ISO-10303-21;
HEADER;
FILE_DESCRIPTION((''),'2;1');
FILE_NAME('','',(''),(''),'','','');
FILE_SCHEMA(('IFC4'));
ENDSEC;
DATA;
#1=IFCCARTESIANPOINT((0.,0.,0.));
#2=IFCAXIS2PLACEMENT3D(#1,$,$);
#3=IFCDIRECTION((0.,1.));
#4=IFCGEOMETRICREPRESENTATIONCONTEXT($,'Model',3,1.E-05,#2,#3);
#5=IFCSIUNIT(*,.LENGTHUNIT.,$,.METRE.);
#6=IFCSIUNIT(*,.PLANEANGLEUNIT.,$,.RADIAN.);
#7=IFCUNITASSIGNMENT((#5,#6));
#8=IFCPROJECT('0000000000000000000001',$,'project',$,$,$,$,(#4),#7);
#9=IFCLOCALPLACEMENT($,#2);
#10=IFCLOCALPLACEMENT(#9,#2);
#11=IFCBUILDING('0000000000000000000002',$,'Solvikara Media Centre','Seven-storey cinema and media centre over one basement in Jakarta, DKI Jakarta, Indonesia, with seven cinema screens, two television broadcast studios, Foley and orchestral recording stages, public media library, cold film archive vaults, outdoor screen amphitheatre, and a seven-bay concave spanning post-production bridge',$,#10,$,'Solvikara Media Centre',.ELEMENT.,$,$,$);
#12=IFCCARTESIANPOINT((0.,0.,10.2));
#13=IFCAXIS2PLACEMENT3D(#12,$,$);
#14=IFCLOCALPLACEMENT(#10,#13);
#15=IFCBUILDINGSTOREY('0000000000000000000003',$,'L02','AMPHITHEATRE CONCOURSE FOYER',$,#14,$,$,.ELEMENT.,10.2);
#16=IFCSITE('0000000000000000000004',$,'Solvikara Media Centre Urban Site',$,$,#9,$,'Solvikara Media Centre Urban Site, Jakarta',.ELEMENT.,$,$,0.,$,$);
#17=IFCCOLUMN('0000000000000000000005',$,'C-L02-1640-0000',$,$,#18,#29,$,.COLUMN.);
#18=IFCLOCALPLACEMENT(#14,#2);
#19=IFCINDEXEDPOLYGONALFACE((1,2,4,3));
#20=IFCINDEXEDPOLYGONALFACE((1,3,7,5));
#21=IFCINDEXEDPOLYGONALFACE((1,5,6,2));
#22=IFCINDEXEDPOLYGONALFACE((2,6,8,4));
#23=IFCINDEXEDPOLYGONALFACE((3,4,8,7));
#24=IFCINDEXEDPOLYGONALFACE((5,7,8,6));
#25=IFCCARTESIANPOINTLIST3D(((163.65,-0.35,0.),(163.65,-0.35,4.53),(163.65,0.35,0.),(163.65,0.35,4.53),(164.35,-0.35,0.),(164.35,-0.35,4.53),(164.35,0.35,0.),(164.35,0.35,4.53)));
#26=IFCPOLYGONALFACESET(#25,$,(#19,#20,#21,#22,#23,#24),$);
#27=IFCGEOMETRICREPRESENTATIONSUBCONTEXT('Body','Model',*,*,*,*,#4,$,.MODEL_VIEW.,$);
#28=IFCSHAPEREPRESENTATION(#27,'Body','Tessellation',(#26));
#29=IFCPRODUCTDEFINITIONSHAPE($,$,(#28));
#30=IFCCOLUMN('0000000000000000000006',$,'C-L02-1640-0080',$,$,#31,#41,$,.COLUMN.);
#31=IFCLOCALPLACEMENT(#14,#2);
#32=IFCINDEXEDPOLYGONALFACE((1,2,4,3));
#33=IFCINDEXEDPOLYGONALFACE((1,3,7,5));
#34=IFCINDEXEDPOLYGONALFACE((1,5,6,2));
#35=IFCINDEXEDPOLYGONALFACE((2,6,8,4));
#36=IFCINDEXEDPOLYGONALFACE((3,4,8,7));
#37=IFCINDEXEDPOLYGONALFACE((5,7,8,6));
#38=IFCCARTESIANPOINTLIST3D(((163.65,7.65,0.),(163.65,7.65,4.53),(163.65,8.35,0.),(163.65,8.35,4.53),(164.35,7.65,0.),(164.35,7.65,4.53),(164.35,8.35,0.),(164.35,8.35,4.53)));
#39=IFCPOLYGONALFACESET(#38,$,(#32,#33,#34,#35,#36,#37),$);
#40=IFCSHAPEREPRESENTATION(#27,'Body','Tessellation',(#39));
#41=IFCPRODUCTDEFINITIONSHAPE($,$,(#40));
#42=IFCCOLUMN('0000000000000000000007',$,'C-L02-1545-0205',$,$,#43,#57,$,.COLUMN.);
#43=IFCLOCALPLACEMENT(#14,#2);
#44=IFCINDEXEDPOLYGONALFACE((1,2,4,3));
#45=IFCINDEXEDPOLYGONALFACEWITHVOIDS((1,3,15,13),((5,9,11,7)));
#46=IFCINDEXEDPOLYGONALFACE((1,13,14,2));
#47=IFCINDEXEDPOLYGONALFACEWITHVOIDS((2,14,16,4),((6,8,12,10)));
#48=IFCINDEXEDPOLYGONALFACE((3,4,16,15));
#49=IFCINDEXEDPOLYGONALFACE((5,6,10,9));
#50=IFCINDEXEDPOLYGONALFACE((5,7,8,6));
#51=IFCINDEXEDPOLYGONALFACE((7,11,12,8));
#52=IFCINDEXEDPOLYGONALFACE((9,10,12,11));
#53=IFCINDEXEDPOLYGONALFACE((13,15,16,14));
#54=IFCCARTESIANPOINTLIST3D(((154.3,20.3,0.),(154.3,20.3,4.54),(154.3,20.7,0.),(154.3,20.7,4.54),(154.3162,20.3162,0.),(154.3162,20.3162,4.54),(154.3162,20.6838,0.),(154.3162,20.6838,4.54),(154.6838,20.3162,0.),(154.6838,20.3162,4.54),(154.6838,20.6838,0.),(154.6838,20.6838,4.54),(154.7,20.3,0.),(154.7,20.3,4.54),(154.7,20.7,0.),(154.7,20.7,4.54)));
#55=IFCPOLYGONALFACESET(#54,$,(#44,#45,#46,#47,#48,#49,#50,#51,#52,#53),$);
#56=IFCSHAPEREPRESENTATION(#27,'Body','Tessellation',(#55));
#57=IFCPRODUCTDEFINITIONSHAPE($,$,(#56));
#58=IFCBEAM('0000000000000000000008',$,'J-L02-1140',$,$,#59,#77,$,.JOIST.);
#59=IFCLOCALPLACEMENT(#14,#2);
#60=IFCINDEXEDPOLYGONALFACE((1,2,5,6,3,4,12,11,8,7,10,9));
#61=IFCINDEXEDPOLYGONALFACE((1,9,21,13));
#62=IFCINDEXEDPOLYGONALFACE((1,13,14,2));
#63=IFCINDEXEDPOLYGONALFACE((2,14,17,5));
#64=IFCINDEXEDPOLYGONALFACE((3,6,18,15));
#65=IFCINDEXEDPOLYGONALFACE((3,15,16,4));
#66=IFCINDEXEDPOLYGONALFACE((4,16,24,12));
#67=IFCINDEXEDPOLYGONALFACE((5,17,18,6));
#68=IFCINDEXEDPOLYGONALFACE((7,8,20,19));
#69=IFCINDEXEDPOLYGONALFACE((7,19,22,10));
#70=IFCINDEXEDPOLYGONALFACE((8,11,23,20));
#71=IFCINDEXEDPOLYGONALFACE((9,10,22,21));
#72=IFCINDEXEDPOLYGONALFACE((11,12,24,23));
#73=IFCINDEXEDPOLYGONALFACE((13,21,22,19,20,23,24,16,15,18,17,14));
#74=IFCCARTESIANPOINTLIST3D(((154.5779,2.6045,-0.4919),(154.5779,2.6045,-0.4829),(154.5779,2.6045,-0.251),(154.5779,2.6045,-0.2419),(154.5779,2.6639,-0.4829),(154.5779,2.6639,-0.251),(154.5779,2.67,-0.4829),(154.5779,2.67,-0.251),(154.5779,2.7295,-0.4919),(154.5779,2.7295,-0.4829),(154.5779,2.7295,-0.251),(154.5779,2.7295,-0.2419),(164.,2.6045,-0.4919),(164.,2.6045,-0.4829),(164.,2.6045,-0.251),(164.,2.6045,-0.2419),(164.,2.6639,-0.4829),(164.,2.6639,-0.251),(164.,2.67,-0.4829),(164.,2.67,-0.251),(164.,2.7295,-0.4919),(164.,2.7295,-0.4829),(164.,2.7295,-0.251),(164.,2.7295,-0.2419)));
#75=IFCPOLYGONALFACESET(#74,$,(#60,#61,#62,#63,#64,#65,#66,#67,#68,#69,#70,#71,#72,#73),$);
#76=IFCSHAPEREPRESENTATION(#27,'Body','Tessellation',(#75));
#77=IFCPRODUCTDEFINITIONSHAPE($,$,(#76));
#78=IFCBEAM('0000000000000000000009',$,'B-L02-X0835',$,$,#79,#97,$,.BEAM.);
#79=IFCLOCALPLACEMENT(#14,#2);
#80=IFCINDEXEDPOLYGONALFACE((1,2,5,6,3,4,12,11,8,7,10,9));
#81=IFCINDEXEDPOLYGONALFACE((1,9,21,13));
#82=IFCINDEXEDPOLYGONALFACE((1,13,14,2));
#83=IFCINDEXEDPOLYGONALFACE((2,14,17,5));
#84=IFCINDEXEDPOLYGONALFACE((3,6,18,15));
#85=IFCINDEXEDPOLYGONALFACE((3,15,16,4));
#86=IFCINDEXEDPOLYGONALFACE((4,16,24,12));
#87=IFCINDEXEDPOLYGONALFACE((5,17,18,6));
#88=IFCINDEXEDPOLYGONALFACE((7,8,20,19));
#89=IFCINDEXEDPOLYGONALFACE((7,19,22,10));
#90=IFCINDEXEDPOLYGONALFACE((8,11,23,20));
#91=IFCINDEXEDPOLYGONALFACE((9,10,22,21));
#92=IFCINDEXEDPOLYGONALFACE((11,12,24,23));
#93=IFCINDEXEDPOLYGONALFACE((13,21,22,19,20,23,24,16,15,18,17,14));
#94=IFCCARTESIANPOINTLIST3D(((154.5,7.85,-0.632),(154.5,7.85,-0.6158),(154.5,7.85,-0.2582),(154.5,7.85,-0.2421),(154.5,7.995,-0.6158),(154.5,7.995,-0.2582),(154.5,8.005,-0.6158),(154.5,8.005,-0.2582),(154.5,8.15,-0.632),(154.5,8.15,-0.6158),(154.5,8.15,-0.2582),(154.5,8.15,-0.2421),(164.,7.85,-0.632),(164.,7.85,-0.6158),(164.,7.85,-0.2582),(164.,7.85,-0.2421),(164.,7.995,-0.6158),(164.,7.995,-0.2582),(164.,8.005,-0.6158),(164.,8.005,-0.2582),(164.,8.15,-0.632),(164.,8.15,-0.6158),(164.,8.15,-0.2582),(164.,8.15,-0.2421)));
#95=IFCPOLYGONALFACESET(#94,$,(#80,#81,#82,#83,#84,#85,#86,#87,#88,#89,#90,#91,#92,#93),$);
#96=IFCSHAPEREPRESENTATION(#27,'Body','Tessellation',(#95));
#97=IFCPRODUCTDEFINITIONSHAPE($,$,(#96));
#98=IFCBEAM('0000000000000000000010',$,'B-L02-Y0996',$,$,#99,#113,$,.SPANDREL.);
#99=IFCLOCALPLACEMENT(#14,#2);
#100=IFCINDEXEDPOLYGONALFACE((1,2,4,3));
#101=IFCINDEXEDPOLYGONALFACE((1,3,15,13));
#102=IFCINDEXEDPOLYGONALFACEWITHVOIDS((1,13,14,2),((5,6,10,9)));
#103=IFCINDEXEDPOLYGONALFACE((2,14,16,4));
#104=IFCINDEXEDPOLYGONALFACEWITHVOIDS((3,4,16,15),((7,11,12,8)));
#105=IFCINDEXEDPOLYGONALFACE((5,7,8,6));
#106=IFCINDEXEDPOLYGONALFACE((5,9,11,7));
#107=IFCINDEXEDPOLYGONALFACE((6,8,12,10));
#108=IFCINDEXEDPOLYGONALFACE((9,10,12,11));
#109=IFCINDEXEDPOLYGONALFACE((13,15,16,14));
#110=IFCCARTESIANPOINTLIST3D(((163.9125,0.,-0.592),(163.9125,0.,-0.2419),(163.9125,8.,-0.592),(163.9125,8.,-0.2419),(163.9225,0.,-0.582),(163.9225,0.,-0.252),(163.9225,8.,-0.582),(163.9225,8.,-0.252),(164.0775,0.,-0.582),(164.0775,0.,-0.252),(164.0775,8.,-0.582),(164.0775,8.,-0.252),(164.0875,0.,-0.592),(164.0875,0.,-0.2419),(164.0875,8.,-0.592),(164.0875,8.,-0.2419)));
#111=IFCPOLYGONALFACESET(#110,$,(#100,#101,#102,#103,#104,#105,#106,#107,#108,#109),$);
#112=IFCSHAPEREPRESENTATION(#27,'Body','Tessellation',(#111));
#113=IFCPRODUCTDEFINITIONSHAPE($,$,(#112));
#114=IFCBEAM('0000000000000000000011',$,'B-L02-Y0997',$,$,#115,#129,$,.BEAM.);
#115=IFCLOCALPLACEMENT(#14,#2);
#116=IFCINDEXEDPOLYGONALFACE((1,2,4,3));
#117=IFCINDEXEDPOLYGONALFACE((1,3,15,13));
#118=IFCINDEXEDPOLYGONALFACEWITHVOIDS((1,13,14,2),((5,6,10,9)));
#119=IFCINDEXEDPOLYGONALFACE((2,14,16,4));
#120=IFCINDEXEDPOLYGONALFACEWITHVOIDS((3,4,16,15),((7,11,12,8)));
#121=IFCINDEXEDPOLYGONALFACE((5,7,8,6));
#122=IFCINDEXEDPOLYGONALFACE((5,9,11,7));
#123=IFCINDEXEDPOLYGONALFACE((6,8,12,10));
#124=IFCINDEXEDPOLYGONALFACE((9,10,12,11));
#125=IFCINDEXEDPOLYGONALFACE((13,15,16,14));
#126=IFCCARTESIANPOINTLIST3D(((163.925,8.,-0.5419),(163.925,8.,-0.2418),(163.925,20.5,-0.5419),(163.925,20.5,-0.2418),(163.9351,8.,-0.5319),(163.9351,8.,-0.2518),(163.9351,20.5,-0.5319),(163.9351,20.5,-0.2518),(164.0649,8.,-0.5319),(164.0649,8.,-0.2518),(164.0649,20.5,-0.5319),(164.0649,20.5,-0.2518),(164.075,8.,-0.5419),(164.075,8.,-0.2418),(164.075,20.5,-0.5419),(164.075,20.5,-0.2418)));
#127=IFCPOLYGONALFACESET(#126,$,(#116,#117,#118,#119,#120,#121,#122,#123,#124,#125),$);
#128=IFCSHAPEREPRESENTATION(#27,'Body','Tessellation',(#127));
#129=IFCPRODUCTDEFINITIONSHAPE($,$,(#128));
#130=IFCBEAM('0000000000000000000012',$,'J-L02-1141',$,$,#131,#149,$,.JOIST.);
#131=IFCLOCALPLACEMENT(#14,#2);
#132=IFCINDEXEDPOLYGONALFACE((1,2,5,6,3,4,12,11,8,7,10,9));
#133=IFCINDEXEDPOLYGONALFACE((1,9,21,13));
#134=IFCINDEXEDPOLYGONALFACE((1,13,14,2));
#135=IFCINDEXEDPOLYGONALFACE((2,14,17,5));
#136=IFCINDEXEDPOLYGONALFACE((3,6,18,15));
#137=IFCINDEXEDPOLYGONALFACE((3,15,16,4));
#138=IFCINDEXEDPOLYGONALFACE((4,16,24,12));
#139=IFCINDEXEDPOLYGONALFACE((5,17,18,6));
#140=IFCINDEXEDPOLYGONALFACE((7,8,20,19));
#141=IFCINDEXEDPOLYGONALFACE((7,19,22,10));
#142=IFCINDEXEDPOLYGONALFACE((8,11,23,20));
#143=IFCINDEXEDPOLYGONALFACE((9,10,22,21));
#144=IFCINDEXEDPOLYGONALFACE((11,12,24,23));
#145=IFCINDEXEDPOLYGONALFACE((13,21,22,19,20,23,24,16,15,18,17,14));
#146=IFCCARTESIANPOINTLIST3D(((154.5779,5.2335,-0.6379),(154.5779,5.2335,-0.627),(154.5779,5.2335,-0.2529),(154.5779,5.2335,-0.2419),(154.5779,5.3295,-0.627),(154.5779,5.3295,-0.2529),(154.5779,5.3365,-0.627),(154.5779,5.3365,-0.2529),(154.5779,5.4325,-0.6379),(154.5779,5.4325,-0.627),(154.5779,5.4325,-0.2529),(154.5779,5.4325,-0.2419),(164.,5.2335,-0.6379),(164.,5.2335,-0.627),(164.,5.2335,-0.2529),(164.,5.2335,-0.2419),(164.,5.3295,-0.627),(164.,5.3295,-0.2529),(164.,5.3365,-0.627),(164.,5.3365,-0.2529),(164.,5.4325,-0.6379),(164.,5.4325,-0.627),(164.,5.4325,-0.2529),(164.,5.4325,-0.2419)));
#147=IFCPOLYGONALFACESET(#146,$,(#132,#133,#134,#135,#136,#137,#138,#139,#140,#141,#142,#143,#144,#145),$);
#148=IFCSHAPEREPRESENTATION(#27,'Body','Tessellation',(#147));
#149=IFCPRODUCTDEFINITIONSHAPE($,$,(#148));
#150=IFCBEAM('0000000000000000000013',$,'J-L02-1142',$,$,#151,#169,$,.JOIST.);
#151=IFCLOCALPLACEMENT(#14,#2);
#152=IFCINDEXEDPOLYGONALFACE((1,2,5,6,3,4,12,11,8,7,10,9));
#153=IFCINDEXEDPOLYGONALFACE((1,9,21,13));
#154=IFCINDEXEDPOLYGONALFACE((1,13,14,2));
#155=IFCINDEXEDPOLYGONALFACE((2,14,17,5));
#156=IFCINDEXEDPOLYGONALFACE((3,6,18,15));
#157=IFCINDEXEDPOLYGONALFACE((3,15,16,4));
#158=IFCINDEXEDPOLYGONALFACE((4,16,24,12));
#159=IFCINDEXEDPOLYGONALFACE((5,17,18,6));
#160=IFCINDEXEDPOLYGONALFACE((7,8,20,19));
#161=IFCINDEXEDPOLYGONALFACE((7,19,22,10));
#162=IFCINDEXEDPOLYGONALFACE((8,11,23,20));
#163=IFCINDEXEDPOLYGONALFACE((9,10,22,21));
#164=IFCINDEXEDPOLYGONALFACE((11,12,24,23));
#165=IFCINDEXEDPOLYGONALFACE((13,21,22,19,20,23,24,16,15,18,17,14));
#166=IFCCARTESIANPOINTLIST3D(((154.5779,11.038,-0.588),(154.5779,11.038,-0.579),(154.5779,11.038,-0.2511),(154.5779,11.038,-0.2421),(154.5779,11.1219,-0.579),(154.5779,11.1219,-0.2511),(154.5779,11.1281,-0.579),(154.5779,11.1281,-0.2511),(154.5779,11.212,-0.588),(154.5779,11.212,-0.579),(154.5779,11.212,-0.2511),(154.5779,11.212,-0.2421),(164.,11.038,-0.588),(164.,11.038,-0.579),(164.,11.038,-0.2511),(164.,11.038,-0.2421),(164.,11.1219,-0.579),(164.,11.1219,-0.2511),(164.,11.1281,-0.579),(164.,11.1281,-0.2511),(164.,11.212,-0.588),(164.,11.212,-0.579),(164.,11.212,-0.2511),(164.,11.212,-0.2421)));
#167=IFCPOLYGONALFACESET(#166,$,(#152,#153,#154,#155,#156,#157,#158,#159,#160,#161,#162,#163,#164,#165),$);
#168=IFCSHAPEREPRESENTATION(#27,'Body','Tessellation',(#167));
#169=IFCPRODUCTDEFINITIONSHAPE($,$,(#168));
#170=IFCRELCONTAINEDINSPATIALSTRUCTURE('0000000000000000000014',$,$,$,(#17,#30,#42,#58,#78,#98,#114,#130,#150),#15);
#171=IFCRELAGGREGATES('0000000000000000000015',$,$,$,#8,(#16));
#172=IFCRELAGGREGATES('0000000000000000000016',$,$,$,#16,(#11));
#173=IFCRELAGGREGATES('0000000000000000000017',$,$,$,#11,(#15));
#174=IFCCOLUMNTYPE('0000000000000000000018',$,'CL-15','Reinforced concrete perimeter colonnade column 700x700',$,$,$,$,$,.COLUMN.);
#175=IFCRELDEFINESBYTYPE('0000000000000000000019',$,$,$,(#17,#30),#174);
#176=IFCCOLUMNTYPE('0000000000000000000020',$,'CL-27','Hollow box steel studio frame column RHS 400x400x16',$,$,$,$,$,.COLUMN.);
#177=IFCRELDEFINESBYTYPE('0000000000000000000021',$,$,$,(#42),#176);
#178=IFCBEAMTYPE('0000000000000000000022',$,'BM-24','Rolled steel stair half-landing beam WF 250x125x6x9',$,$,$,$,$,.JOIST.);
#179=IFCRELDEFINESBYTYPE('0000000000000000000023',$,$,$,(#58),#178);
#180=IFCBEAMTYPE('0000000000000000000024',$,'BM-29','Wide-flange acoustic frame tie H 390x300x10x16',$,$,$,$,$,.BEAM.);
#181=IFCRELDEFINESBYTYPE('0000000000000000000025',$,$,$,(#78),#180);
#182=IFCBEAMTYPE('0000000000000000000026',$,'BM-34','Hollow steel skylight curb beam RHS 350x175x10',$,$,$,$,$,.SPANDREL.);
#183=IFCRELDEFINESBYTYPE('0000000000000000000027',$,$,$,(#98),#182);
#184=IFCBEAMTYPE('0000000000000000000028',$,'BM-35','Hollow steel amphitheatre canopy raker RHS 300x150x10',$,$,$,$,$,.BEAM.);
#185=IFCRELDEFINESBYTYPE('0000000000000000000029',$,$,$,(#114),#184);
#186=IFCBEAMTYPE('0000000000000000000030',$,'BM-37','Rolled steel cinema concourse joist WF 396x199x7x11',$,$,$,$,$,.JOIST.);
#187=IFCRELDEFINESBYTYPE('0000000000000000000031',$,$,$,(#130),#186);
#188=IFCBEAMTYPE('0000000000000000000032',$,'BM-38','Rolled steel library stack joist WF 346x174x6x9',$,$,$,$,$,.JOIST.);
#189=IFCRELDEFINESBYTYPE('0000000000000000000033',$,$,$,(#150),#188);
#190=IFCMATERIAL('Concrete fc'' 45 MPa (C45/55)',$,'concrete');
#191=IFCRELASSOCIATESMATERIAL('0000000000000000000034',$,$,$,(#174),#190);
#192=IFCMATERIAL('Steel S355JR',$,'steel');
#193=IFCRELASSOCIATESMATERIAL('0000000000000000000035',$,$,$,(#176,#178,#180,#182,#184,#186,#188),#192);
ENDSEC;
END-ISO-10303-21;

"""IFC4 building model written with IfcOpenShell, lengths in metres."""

from ifc_helpers import new_model, si_unit, direction, frame, origin, origin_2d, place, context, subcontext, project, spatial, rectangle, hollow_rectangle, i_section, extrude, material, material_profile, profile_set, type_object, element, save


model = new_model("IFC4")

# Units and contexts
model_context = context("Model", 3, precision=1e-05, world=origin(), true_north=direction((0.0, 1.0)))
body_context = subcontext(model_context, "Body", "Model", "MODEL_VIEW")
ifc_project = project(units=[si_unit("LENGTHUNIT", "METRE"), si_unit("PLANEANGLEUNIT", "RADIAN")], contexts=[model_context])

# Site, building, storey
site_placement = place(None, origin())
site = spatial("IfcSite", under=ifc_project, at=site_placement, Name="Solvikara Media Centre Urban Site", LongName="Solvikara Media Centre Urban Site, Jakarta", CompositionType="ELEMENT", RefElevation=0.0)
building_placement = place(site_placement, origin())
building = spatial("IfcBuilding", under=site, at=building_placement, Name="Solvikara Media Centre", Description="Seven-storey cinema and media centre over one basement in Jakarta, DKI Jakarta, Indonesia, with seven cinema screens, two television broadcast studios, Foley and orchestral recording stages, public media library, cold film archive vaults, outdoor screen amphitheatre, and a seven-bay concave spanning post-production bridge", LongName="Solvikara Media Centre", CompositionType="ELEMENT")
storey_placement = place(building_placement, frame((0.0, 0.0, 10.2)))
storey = spatial("IfcBuildingStorey", under=building, at=storey_placement, Name="L02", Description="AMPHITHEATRE CONCOURSE FOYER", CompositionType="ELEMENT", Elevation=10.2)

# Columns
ifc_material_1 = material(Name="Concrete fc' 45 MPa (C45/55)", Category="concrete")
ifc_material_profile_1 = material_profile(ifc_material_1, rectangle(XDim=0.7, YDim=0.7, at=origin_2d()), Name="RC 700x700")
ifc_profile_set_1 = profile_set([ifc_material_profile_1], Name="Concrete fc' 45 MPa (C45/55)")
column_type_1 = type_object("IfcColumnType", Name="CL-15", Description="Reinforced concrete perimeter colonnade column 700x700", PredefinedType="COLUMN", material=ifc_profile_set_1)
for number, where, z_axis, x_axis, name in (
    (1, (164.0, 0.0, 0.0), (0.0, 0.0, 1.0), (1.0, 0.0, 0.0), "C-L02-1640-0000"),
    (2, (164.0, 8.0, 0.0), (0.0, 0.0, 1.0), (1.0, 0.0, 0.0), "C-L02-1640-0080"),
):
    element("IfcColumn", number, at=place(storey_placement, frame(where, z_axis=z_axis, x_axis=x_axis)), inside=storey, type_object=column_type_1, Name=name, PredefinedType="COLUMN", context=body_context, shape_type="SweptSolid", body=[
        extrude(rectangle(XDim=0.7, YDim=0.7, at=origin_2d()), origin(), (0.0, 0.0, 1.0), 4.53),
    ])
ifc_material_2 = material(Name="Steel S355JR", Category="steel")
ifc_material_profile_2 = material_profile(ifc_material_2, hollow_rectangle(XDim=0.3999, YDim=0.3999, WallThickness=0.0161, at=origin_2d()), Name="RHS 400x400x16")
ifc_profile_set_2 = profile_set([ifc_material_profile_2], Name="Steel S355JR")
column_type_2 = type_object("IfcColumnType", Name="CL-27", Description="Hollow box steel studio frame column RHS 400x400x16", PredefinedType="COLUMN", material=ifc_profile_set_2)
column_placement = place(storey_placement, frame((154.5, 20.5, 0.0), z_axis=(0.0, 0.0, 1.0), x_axis=(1.0, 0.0, 0.0)))
element("IfcColumn", 3, at=column_placement, inside=storey, type_object=column_type_2, Name="C-L02-1545-0205", PredefinedType="COLUMN", context=body_context, shape_type="SweptSolid", body=[
    extrude(hollow_rectangle(XDim=0.3999, YDim=0.3999, WallThickness=0.0161, at=origin_2d()), origin(), (0.0, 0.0, 1.0), 4.54),
])

# Beams
ifc_material_profile_3 = material_profile(ifc_material_2, i_section(OverallWidth=0.125, OverallDepth=0.25, WebThickness=0.0061, FlangeThickness=0.009, at=origin_2d()), Name="WF 250x125x6x9")
ifc_profile_set_3 = profile_set([ifc_material_profile_3], Name="Steel S355JR")
beam_type_1 = type_object("IfcBeamType", Name="BM-24", Description="Rolled steel stair half-landing beam WF 250x125x6x9", PredefinedType="JOIST", material=ifc_profile_set_3)
beam_1_placement = place(storey_placement, frame((154.5779, 2.667, -0.3669), z_axis=(1.0, 0.0, 0.0), x_axis=(0.0, 1.0, 0.0)))
element("IfcBeam", 4, at=beam_1_placement, inside=storey, type_object=beam_type_1, Name="J-L02-1140", PredefinedType="JOIST", context=body_context, shape_type="SweptSolid", body=[
    extrude(i_section(OverallWidth=0.125, OverallDepth=0.25, WebThickness=0.0061, FlangeThickness=0.009, at=origin_2d()), origin(), (0.0, 0.0, 1.0), 9.4221),
])
ifc_material_profile_4 = material_profile(ifc_material_2, i_section(OverallWidth=0.3, OverallDepth=0.3899, WebThickness=0.01, FlangeThickness=0.0161, at=origin_2d()), Name="H 390x300x10x16")
ifc_profile_set_4 = profile_set([ifc_material_profile_4], Name="Steel S355JR")
beam_type_2 = type_object("IfcBeamType", Name="BM-29", Description="Wide-flange acoustic frame tie H 390x300x10x16", PredefinedType="BEAM", material=ifc_profile_set_4)
beam_2_placement = place(storey_placement, frame((154.5, 8.0, -0.437), z_axis=(1.0, 0.0, 0.0), x_axis=(0.0, 1.0, 0.0)))
element("IfcBeam", 5, at=beam_2_placement, inside=storey, type_object=beam_type_2, Name="B-L02-X0835", PredefinedType="BEAM", context=body_context, shape_type="SweptSolid", body=[
    extrude(i_section(OverallWidth=0.3, OverallDepth=0.3899, WebThickness=0.01, FlangeThickness=0.0161, at=origin_2d()), origin(), (0.0, 0.0, 1.0), 9.5),
])
ifc_material_profile_5 = material_profile(ifc_material_2, hollow_rectangle(XDim=0.175, YDim=0.3501, WallThickness=0.01, at=origin_2d()), Name="RHS 350x175x10")
ifc_profile_set_5 = profile_set([ifc_material_profile_5], Name="Steel S355JR")
beam_type_3 = type_object("IfcBeamType", Name="BM-34", Description="Hollow steel skylight curb beam RHS 350x175x10", PredefinedType="SPANDREL", material=ifc_profile_set_5)
beam_3_placement = place(storey_placement, frame((164.0, 0.0, -0.417), z_axis=(0.0, 1.0, 0.0), x_axis=(-1.0, 0.0, 0.0)))
element("IfcBeam", 6, at=beam_3_placement, inside=storey, type_object=beam_type_3, Name="B-L02-Y0996", PredefinedType="SPANDREL", context=body_context, shape_type="SweptSolid", body=[
    extrude(hollow_rectangle(XDim=0.175, YDim=0.3501, WallThickness=0.01, at=origin_2d()), origin(), (0.0, 0.0, 1.0), 8.0),
])
ifc_material_profile_6 = material_profile(ifc_material_2, hollow_rectangle(XDim=0.1499, YDim=0.3, WallThickness=0.01, at=origin_2d()), Name="RHS 300x150x10")
ifc_profile_set_6 = profile_set([ifc_material_profile_6], Name="Steel S355JR")
beam_type_4 = type_object("IfcBeamType", Name="BM-35", Description="Hollow steel amphitheatre canopy raker RHS 300x150x10", PredefinedType="BEAM", material=ifc_profile_set_6)
beam_4_placement = place(storey_placement, frame((164.0, 8.0, -0.3918), z_axis=(0.0, 1.0, 0.0), x_axis=(-1.0, 0.0, 0.0)))
element("IfcBeam", 7, at=beam_4_placement, inside=storey, type_object=beam_type_4, Name="B-L02-Y0997", PredefinedType="BEAM", context=body_context, shape_type="SweptSolid", body=[
    extrude(hollow_rectangle(XDim=0.1499, YDim=0.3, WallThickness=0.01, at=origin_2d()), origin(), (0.0, 0.0, 1.0), 12.5),
])
ifc_material_profile_7 = material_profile(ifc_material_2, i_section(OverallWidth=0.199, OverallDepth=0.396, WebThickness=0.0071, FlangeThickness=0.011, at=origin_2d()), Name="WF 396x199x7x11")
ifc_profile_set_7 = profile_set([ifc_material_profile_7], Name="Steel S355JR")
beam_type_5 = type_object("IfcBeamType", Name="BM-37", Description="Rolled steel cinema concourse joist WF 396x199x7x11", PredefinedType="JOIST", material=ifc_profile_set_7)
beam_5_placement = place(storey_placement, frame((154.5779, 5.333, -0.4399), z_axis=(1.0, 0.0, 0.0), x_axis=(0.0, 1.0, 0.0)))
element("IfcBeam", 8, at=beam_5_placement, inside=storey, type_object=beam_type_5, Name="J-L02-1141", PredefinedType="JOIST", context=body_context, shape_type="SweptSolid", body=[
    extrude(i_section(OverallWidth=0.199, OverallDepth=0.396, WebThickness=0.0071, FlangeThickness=0.011, at=origin_2d()), origin(), (0.0, 0.0, 1.0), 9.4221),
])
ifc_material_profile_8 = material_profile(ifc_material_2, i_section(OverallWidth=0.1741, OverallDepth=0.3459, WebThickness=0.0061, FlangeThickness=0.009, at=origin_2d()), Name="WF 346x174x6x9")
ifc_profile_set_8 = profile_set([ifc_material_profile_8], Name="Steel S355JR")
beam_type_6 = type_object("IfcBeamType", Name="BM-38", Description="Rolled steel library stack joist WF 346x174x6x9", PredefinedType="JOIST", material=ifc_profile_set_8)
beam_6_placement = place(storey_placement, frame((154.5779, 11.125, -0.415), z_axis=(1.0, 0.0, 0.0), x_axis=(0.0, 1.0, 0.0)))
element("IfcBeam", 9, at=beam_6_placement, inside=storey, type_object=beam_type_6, Name="J-L02-1142", PredefinedType="JOIST", context=body_context, shape_type="SweptSolid", body=[
    extrude(i_section(OverallWidth=0.1741, OverallDepth=0.3459, WebThickness=0.0061, FlangeThickness=0.009, at=origin_2d()), origin(), (0.0, 0.0, 1.0), 9.4221),
])

save(model, "model.ifc")
